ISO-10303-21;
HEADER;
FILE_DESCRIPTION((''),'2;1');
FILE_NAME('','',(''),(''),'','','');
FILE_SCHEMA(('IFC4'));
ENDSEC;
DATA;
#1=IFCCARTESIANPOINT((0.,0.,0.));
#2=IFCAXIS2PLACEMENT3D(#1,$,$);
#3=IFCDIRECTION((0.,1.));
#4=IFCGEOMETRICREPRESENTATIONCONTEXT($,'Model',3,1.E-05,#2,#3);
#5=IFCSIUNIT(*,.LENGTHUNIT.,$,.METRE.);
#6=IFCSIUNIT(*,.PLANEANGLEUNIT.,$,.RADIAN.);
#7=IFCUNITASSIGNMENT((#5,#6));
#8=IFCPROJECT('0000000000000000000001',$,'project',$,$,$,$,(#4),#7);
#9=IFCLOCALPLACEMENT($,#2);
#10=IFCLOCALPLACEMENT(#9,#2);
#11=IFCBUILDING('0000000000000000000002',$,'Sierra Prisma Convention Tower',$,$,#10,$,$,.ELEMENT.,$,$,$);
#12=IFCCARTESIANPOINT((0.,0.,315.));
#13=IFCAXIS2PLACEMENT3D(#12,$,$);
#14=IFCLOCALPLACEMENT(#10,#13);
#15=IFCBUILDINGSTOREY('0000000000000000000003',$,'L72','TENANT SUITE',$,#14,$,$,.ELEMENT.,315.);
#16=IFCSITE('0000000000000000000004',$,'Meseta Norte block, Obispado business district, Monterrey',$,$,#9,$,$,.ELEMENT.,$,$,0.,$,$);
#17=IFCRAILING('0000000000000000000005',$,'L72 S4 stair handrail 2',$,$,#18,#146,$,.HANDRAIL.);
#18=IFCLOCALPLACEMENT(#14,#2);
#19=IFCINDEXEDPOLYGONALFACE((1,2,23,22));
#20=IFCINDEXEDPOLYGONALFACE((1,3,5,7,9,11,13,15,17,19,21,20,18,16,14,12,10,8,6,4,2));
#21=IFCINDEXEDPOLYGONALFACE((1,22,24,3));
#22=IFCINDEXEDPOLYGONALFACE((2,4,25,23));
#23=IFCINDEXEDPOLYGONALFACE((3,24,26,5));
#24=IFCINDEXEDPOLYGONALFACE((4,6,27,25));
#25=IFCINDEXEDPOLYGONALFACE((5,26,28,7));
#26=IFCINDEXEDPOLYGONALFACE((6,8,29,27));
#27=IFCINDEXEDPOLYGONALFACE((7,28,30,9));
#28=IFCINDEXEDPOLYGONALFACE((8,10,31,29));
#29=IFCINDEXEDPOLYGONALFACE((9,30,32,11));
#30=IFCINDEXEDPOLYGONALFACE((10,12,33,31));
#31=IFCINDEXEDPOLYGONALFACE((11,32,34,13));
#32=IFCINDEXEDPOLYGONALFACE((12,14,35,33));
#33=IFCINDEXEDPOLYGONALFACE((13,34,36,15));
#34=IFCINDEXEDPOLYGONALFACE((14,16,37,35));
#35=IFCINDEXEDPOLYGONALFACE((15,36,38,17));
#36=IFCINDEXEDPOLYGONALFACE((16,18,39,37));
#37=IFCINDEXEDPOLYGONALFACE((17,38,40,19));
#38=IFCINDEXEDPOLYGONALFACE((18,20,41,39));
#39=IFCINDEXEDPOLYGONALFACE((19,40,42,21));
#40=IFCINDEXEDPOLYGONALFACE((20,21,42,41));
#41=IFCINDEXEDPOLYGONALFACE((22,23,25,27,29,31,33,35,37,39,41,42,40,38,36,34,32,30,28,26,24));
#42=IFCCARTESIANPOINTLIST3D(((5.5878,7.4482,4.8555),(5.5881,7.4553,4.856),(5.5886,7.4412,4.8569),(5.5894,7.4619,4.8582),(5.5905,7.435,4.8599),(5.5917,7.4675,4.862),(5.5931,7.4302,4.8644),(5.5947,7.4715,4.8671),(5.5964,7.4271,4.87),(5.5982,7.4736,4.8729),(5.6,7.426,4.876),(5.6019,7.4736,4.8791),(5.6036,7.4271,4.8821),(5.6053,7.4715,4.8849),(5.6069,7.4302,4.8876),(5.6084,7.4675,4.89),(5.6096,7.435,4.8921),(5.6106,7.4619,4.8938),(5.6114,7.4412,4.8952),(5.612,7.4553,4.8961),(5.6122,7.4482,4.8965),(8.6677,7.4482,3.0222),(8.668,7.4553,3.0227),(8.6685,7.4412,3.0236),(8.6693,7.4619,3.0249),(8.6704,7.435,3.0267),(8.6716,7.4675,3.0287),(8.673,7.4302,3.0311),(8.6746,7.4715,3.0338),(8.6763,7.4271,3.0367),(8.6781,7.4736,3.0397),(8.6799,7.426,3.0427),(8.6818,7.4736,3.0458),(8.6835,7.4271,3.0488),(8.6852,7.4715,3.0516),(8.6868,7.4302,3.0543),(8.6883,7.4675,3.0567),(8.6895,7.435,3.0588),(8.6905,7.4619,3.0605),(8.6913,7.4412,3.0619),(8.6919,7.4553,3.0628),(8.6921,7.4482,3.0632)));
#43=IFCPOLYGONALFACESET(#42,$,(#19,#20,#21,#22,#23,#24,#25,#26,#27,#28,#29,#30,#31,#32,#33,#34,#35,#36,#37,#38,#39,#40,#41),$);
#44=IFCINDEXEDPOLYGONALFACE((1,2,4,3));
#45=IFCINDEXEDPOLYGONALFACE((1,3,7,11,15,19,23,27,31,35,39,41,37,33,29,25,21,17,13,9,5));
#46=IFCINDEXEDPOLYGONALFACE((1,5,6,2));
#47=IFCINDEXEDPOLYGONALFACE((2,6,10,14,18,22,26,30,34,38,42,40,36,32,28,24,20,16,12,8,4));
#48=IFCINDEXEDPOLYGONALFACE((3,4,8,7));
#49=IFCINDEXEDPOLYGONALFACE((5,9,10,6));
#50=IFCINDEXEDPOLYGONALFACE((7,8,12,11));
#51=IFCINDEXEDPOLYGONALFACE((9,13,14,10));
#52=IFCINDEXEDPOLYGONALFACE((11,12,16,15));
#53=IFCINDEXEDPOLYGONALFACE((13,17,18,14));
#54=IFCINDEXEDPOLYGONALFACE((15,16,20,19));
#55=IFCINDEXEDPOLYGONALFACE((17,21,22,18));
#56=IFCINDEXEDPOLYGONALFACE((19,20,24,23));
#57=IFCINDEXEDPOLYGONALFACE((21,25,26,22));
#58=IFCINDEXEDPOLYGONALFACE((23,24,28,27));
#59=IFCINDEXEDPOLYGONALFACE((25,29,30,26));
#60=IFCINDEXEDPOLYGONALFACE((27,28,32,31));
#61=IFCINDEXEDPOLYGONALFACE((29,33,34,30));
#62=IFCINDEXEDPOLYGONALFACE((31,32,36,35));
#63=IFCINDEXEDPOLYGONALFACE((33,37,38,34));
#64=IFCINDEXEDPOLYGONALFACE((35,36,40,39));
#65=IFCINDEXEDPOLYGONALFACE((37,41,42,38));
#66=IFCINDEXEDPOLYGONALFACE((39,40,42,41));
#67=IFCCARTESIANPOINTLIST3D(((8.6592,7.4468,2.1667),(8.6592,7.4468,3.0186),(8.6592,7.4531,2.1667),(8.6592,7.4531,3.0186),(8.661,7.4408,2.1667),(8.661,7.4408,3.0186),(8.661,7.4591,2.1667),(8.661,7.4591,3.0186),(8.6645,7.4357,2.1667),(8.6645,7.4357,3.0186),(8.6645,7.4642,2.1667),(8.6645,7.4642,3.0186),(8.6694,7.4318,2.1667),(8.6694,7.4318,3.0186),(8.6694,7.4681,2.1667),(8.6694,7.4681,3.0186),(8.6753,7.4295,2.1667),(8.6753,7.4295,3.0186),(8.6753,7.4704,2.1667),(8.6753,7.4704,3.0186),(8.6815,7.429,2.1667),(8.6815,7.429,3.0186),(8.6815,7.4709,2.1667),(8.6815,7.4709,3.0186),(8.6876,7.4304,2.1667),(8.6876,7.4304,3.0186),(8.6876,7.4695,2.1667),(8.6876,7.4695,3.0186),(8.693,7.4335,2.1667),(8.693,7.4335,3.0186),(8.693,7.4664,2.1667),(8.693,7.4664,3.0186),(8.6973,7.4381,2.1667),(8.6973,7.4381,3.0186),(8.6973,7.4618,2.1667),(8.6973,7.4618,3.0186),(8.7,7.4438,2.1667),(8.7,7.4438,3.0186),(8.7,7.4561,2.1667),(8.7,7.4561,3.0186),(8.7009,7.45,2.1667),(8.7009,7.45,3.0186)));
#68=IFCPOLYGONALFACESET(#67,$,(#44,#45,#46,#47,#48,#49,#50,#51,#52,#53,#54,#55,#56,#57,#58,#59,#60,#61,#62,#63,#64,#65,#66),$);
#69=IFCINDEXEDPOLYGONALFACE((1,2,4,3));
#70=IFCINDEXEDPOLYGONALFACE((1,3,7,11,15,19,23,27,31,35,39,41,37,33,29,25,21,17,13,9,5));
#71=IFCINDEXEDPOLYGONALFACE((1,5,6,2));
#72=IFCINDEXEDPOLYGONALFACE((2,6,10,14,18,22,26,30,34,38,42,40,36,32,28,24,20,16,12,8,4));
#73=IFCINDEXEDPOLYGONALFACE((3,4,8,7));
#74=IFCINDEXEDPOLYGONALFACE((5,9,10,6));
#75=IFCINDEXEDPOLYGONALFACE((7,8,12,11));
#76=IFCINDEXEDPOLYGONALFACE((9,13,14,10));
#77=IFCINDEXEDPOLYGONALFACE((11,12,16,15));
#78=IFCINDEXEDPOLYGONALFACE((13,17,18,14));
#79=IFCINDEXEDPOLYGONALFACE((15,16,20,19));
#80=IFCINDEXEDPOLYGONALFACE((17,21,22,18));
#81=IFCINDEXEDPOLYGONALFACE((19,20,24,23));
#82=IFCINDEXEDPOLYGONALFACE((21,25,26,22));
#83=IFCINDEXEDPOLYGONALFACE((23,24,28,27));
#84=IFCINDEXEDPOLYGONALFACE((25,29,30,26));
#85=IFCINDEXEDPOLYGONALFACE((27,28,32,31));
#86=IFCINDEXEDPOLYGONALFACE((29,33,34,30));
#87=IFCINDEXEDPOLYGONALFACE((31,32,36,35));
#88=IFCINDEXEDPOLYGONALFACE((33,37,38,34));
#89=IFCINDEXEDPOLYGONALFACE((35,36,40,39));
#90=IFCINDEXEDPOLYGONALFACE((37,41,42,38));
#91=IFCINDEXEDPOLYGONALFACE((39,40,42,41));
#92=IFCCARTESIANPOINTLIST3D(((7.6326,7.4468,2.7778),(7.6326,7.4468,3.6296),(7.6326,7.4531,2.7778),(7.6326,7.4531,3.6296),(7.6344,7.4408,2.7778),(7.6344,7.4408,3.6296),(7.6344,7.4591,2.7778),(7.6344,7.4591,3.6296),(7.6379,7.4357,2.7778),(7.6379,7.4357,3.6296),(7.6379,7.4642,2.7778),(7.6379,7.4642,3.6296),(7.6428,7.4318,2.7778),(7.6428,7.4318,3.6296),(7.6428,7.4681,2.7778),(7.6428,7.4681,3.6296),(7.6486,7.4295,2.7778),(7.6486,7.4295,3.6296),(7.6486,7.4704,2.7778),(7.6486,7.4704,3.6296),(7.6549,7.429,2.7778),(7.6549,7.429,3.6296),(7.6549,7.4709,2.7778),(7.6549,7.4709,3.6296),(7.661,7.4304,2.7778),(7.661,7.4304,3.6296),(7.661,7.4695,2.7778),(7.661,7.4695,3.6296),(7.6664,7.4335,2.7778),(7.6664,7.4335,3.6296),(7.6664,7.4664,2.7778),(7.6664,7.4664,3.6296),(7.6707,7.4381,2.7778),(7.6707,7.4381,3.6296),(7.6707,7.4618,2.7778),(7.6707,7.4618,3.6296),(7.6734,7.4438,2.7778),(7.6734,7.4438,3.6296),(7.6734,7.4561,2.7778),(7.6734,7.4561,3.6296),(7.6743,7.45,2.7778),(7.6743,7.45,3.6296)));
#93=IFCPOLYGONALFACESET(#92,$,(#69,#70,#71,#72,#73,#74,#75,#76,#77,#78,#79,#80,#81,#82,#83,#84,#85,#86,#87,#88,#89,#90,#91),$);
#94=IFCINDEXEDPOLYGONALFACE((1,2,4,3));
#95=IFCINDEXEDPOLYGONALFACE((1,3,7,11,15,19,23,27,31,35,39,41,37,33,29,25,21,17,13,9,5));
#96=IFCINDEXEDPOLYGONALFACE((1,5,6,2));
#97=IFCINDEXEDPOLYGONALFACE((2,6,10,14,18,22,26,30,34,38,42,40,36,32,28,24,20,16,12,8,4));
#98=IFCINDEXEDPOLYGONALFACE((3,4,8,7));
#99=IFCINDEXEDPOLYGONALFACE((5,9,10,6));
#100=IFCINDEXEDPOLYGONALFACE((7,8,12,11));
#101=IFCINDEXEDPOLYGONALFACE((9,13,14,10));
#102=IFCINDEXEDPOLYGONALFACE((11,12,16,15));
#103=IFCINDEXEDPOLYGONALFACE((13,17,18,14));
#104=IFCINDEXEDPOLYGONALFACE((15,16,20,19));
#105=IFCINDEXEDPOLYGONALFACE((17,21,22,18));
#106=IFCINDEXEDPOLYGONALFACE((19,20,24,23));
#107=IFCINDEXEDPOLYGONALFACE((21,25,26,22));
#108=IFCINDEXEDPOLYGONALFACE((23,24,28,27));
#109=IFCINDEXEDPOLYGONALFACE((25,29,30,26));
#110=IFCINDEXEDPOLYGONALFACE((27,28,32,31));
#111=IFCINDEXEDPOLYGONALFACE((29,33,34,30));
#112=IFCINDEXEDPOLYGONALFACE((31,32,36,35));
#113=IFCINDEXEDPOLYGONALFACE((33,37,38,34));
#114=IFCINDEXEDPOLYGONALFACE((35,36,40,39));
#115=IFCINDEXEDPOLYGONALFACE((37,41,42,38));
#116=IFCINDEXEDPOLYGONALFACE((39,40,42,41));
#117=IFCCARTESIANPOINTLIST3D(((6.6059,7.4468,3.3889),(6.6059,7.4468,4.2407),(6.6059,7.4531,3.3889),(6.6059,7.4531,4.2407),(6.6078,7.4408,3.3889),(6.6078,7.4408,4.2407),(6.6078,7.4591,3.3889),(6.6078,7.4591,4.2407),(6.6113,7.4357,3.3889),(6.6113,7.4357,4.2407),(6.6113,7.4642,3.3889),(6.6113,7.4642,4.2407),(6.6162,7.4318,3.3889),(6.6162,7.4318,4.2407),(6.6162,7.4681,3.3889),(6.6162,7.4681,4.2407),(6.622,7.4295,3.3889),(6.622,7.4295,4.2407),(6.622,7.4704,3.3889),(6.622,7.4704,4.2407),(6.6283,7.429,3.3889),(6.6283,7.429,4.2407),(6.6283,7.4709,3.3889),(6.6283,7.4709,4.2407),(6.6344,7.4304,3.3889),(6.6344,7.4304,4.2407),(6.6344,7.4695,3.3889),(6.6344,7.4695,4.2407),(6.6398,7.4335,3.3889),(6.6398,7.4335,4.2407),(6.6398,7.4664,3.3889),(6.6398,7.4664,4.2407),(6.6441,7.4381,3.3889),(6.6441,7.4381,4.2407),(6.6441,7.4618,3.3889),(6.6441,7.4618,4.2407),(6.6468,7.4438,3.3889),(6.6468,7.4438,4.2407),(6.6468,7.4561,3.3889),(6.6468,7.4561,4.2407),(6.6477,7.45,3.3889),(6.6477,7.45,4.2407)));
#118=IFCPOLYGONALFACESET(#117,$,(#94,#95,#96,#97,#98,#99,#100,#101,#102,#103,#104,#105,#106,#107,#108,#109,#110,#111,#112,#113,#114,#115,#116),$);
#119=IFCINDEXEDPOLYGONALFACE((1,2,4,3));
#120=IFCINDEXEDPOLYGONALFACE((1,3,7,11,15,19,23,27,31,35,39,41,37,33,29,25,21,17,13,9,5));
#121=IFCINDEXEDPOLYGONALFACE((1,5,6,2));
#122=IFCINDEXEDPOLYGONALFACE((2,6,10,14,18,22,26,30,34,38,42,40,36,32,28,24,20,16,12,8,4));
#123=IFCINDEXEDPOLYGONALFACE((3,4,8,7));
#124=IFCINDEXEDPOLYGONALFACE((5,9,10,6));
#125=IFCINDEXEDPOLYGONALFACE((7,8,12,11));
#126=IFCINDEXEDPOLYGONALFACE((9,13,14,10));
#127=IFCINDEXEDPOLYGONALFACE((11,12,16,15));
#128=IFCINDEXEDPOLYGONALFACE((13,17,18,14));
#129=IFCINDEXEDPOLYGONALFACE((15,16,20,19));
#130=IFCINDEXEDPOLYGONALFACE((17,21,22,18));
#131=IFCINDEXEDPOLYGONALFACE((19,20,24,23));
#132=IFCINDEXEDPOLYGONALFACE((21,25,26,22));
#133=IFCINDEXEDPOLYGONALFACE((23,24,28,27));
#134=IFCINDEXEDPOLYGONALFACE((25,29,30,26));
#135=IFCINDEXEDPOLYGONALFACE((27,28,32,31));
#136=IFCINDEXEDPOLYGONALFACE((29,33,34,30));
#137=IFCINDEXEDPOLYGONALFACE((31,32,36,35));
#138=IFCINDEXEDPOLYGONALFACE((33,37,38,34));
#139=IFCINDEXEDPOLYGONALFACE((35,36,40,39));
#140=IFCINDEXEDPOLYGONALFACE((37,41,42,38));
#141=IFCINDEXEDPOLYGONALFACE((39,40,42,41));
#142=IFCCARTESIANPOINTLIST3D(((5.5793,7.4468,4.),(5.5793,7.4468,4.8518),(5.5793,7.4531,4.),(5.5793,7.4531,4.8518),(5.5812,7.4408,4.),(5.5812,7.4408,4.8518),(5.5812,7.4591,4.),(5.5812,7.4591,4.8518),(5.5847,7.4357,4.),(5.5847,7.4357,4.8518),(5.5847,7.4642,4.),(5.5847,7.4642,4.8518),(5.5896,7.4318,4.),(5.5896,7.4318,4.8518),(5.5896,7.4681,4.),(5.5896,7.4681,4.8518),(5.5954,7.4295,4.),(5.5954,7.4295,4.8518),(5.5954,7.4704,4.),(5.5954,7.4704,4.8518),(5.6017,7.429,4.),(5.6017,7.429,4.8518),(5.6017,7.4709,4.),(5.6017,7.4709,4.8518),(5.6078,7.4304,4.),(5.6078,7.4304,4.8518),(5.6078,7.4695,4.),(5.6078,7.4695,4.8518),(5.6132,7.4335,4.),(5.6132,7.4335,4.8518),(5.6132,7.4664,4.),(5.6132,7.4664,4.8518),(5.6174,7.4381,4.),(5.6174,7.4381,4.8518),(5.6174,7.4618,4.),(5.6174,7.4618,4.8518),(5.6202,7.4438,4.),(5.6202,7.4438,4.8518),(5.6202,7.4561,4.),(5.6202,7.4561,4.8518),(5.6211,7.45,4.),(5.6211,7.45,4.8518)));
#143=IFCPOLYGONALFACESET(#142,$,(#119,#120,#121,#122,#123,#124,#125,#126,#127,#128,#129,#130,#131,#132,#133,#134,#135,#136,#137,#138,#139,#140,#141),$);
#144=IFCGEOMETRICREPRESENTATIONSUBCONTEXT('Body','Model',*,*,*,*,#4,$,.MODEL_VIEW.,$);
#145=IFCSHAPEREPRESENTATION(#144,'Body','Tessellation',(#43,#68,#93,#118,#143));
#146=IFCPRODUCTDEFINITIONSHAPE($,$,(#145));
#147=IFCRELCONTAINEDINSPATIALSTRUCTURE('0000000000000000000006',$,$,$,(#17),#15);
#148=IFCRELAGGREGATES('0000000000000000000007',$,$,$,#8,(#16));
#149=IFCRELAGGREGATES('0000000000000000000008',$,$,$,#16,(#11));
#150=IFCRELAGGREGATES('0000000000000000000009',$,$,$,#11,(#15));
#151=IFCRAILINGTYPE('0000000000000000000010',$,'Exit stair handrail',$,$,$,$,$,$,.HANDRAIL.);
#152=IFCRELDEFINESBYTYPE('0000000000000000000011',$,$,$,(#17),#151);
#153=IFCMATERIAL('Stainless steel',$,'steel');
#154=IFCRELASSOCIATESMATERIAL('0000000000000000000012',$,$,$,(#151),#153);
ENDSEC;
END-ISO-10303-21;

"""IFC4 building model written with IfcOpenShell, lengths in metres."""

from ifc_helpers import new_model, si_unit, direction, frame, origin, origin_2d, place, context, subcontext, project, spatial, circle, extrude, material, type_object, element, save


model = new_model("IFC4")

# Units and contexts
model_context = context("Model", 3, precision=1e-05, world=origin(), true_north=direction((0.0, 1.0)))
body_context = subcontext(model_context, "Body", "Model", "MODEL_VIEW")
ifc_project = project(units=[si_unit("LENGTHUNIT", "METRE"), si_unit("PLANEANGLEUNIT", "RADIAN")], contexts=[model_context])

# Site, building, storey
site_placement = place(None, origin())
site = spatial("IfcSite", under=ifc_project, at=site_placement, Name="Meseta Norte block, Obispado business district, Monterrey", CompositionType="ELEMENT", RefElevation=0.0)
building_placement = place(site_placement, origin())
building = spatial("IfcBuilding", under=site, at=building_placement, Name="Sierra Prisma Convention Tower", CompositionType="ELEMENT")
storey_placement = place(building_placement, frame((0.0, 0.0, 315.0)))
storey = spatial("IfcBuildingStorey", under=building, at=storey_placement, Name="L72", Description="TENANT SUITE", CompositionType="ELEMENT", Elevation=315.0)

# Railing
ifc_material_1 = material(Name="Stainless steel", Category="steel")
railing_type_1 = type_object("IfcRailingType", Name="Exit stair handrail", PredefinedType="HANDRAIL", material=ifc_material_1)
railing_1_placement = place(storey_placement, frame((8.6799, 7.45, 2.1667)))
element("IfcRailing", 1, at=railing_1_placement, inside=storey, type_object=railing_type_1, Name="L72 S4 stair handrail 2", PredefinedType="HANDRAIL", context=body_context, shape_type="SweptSolid", body=[
    extrude(circle(Radius=0.0239, at=origin_2d()), frame((0.0, 0.0, 0.876), z_axis=(-0.859291, 0.0, 0.511487), x_axis=(0.0, -1.0, 0.0)), (0.0, 0.0, 1.0), 3.5842),
    extrude(circle(Radius=0.021, at=origin_2d()), origin(), (0.0, 0.0, 1.0), 0.8518),
    extrude(circle(Radius=0.021, at=origin_2d()), frame((-1.0266, 0.0, 0.6111)), (0.0, 0.0, 1.0), 0.8518),
    extrude(circle(Radius=0.021, at=origin_2d()), frame((-2.0532, 0.0, 1.2222)), (0.0, 0.0, 1.0), 0.8518),
    extrude(circle(Radius=0.021, at=origin_2d()), frame((-3.0798, 0.0, 1.8333)), (0.0, 0.0, 1.0), 0.8518),
])

save(model, "model.ifc")
